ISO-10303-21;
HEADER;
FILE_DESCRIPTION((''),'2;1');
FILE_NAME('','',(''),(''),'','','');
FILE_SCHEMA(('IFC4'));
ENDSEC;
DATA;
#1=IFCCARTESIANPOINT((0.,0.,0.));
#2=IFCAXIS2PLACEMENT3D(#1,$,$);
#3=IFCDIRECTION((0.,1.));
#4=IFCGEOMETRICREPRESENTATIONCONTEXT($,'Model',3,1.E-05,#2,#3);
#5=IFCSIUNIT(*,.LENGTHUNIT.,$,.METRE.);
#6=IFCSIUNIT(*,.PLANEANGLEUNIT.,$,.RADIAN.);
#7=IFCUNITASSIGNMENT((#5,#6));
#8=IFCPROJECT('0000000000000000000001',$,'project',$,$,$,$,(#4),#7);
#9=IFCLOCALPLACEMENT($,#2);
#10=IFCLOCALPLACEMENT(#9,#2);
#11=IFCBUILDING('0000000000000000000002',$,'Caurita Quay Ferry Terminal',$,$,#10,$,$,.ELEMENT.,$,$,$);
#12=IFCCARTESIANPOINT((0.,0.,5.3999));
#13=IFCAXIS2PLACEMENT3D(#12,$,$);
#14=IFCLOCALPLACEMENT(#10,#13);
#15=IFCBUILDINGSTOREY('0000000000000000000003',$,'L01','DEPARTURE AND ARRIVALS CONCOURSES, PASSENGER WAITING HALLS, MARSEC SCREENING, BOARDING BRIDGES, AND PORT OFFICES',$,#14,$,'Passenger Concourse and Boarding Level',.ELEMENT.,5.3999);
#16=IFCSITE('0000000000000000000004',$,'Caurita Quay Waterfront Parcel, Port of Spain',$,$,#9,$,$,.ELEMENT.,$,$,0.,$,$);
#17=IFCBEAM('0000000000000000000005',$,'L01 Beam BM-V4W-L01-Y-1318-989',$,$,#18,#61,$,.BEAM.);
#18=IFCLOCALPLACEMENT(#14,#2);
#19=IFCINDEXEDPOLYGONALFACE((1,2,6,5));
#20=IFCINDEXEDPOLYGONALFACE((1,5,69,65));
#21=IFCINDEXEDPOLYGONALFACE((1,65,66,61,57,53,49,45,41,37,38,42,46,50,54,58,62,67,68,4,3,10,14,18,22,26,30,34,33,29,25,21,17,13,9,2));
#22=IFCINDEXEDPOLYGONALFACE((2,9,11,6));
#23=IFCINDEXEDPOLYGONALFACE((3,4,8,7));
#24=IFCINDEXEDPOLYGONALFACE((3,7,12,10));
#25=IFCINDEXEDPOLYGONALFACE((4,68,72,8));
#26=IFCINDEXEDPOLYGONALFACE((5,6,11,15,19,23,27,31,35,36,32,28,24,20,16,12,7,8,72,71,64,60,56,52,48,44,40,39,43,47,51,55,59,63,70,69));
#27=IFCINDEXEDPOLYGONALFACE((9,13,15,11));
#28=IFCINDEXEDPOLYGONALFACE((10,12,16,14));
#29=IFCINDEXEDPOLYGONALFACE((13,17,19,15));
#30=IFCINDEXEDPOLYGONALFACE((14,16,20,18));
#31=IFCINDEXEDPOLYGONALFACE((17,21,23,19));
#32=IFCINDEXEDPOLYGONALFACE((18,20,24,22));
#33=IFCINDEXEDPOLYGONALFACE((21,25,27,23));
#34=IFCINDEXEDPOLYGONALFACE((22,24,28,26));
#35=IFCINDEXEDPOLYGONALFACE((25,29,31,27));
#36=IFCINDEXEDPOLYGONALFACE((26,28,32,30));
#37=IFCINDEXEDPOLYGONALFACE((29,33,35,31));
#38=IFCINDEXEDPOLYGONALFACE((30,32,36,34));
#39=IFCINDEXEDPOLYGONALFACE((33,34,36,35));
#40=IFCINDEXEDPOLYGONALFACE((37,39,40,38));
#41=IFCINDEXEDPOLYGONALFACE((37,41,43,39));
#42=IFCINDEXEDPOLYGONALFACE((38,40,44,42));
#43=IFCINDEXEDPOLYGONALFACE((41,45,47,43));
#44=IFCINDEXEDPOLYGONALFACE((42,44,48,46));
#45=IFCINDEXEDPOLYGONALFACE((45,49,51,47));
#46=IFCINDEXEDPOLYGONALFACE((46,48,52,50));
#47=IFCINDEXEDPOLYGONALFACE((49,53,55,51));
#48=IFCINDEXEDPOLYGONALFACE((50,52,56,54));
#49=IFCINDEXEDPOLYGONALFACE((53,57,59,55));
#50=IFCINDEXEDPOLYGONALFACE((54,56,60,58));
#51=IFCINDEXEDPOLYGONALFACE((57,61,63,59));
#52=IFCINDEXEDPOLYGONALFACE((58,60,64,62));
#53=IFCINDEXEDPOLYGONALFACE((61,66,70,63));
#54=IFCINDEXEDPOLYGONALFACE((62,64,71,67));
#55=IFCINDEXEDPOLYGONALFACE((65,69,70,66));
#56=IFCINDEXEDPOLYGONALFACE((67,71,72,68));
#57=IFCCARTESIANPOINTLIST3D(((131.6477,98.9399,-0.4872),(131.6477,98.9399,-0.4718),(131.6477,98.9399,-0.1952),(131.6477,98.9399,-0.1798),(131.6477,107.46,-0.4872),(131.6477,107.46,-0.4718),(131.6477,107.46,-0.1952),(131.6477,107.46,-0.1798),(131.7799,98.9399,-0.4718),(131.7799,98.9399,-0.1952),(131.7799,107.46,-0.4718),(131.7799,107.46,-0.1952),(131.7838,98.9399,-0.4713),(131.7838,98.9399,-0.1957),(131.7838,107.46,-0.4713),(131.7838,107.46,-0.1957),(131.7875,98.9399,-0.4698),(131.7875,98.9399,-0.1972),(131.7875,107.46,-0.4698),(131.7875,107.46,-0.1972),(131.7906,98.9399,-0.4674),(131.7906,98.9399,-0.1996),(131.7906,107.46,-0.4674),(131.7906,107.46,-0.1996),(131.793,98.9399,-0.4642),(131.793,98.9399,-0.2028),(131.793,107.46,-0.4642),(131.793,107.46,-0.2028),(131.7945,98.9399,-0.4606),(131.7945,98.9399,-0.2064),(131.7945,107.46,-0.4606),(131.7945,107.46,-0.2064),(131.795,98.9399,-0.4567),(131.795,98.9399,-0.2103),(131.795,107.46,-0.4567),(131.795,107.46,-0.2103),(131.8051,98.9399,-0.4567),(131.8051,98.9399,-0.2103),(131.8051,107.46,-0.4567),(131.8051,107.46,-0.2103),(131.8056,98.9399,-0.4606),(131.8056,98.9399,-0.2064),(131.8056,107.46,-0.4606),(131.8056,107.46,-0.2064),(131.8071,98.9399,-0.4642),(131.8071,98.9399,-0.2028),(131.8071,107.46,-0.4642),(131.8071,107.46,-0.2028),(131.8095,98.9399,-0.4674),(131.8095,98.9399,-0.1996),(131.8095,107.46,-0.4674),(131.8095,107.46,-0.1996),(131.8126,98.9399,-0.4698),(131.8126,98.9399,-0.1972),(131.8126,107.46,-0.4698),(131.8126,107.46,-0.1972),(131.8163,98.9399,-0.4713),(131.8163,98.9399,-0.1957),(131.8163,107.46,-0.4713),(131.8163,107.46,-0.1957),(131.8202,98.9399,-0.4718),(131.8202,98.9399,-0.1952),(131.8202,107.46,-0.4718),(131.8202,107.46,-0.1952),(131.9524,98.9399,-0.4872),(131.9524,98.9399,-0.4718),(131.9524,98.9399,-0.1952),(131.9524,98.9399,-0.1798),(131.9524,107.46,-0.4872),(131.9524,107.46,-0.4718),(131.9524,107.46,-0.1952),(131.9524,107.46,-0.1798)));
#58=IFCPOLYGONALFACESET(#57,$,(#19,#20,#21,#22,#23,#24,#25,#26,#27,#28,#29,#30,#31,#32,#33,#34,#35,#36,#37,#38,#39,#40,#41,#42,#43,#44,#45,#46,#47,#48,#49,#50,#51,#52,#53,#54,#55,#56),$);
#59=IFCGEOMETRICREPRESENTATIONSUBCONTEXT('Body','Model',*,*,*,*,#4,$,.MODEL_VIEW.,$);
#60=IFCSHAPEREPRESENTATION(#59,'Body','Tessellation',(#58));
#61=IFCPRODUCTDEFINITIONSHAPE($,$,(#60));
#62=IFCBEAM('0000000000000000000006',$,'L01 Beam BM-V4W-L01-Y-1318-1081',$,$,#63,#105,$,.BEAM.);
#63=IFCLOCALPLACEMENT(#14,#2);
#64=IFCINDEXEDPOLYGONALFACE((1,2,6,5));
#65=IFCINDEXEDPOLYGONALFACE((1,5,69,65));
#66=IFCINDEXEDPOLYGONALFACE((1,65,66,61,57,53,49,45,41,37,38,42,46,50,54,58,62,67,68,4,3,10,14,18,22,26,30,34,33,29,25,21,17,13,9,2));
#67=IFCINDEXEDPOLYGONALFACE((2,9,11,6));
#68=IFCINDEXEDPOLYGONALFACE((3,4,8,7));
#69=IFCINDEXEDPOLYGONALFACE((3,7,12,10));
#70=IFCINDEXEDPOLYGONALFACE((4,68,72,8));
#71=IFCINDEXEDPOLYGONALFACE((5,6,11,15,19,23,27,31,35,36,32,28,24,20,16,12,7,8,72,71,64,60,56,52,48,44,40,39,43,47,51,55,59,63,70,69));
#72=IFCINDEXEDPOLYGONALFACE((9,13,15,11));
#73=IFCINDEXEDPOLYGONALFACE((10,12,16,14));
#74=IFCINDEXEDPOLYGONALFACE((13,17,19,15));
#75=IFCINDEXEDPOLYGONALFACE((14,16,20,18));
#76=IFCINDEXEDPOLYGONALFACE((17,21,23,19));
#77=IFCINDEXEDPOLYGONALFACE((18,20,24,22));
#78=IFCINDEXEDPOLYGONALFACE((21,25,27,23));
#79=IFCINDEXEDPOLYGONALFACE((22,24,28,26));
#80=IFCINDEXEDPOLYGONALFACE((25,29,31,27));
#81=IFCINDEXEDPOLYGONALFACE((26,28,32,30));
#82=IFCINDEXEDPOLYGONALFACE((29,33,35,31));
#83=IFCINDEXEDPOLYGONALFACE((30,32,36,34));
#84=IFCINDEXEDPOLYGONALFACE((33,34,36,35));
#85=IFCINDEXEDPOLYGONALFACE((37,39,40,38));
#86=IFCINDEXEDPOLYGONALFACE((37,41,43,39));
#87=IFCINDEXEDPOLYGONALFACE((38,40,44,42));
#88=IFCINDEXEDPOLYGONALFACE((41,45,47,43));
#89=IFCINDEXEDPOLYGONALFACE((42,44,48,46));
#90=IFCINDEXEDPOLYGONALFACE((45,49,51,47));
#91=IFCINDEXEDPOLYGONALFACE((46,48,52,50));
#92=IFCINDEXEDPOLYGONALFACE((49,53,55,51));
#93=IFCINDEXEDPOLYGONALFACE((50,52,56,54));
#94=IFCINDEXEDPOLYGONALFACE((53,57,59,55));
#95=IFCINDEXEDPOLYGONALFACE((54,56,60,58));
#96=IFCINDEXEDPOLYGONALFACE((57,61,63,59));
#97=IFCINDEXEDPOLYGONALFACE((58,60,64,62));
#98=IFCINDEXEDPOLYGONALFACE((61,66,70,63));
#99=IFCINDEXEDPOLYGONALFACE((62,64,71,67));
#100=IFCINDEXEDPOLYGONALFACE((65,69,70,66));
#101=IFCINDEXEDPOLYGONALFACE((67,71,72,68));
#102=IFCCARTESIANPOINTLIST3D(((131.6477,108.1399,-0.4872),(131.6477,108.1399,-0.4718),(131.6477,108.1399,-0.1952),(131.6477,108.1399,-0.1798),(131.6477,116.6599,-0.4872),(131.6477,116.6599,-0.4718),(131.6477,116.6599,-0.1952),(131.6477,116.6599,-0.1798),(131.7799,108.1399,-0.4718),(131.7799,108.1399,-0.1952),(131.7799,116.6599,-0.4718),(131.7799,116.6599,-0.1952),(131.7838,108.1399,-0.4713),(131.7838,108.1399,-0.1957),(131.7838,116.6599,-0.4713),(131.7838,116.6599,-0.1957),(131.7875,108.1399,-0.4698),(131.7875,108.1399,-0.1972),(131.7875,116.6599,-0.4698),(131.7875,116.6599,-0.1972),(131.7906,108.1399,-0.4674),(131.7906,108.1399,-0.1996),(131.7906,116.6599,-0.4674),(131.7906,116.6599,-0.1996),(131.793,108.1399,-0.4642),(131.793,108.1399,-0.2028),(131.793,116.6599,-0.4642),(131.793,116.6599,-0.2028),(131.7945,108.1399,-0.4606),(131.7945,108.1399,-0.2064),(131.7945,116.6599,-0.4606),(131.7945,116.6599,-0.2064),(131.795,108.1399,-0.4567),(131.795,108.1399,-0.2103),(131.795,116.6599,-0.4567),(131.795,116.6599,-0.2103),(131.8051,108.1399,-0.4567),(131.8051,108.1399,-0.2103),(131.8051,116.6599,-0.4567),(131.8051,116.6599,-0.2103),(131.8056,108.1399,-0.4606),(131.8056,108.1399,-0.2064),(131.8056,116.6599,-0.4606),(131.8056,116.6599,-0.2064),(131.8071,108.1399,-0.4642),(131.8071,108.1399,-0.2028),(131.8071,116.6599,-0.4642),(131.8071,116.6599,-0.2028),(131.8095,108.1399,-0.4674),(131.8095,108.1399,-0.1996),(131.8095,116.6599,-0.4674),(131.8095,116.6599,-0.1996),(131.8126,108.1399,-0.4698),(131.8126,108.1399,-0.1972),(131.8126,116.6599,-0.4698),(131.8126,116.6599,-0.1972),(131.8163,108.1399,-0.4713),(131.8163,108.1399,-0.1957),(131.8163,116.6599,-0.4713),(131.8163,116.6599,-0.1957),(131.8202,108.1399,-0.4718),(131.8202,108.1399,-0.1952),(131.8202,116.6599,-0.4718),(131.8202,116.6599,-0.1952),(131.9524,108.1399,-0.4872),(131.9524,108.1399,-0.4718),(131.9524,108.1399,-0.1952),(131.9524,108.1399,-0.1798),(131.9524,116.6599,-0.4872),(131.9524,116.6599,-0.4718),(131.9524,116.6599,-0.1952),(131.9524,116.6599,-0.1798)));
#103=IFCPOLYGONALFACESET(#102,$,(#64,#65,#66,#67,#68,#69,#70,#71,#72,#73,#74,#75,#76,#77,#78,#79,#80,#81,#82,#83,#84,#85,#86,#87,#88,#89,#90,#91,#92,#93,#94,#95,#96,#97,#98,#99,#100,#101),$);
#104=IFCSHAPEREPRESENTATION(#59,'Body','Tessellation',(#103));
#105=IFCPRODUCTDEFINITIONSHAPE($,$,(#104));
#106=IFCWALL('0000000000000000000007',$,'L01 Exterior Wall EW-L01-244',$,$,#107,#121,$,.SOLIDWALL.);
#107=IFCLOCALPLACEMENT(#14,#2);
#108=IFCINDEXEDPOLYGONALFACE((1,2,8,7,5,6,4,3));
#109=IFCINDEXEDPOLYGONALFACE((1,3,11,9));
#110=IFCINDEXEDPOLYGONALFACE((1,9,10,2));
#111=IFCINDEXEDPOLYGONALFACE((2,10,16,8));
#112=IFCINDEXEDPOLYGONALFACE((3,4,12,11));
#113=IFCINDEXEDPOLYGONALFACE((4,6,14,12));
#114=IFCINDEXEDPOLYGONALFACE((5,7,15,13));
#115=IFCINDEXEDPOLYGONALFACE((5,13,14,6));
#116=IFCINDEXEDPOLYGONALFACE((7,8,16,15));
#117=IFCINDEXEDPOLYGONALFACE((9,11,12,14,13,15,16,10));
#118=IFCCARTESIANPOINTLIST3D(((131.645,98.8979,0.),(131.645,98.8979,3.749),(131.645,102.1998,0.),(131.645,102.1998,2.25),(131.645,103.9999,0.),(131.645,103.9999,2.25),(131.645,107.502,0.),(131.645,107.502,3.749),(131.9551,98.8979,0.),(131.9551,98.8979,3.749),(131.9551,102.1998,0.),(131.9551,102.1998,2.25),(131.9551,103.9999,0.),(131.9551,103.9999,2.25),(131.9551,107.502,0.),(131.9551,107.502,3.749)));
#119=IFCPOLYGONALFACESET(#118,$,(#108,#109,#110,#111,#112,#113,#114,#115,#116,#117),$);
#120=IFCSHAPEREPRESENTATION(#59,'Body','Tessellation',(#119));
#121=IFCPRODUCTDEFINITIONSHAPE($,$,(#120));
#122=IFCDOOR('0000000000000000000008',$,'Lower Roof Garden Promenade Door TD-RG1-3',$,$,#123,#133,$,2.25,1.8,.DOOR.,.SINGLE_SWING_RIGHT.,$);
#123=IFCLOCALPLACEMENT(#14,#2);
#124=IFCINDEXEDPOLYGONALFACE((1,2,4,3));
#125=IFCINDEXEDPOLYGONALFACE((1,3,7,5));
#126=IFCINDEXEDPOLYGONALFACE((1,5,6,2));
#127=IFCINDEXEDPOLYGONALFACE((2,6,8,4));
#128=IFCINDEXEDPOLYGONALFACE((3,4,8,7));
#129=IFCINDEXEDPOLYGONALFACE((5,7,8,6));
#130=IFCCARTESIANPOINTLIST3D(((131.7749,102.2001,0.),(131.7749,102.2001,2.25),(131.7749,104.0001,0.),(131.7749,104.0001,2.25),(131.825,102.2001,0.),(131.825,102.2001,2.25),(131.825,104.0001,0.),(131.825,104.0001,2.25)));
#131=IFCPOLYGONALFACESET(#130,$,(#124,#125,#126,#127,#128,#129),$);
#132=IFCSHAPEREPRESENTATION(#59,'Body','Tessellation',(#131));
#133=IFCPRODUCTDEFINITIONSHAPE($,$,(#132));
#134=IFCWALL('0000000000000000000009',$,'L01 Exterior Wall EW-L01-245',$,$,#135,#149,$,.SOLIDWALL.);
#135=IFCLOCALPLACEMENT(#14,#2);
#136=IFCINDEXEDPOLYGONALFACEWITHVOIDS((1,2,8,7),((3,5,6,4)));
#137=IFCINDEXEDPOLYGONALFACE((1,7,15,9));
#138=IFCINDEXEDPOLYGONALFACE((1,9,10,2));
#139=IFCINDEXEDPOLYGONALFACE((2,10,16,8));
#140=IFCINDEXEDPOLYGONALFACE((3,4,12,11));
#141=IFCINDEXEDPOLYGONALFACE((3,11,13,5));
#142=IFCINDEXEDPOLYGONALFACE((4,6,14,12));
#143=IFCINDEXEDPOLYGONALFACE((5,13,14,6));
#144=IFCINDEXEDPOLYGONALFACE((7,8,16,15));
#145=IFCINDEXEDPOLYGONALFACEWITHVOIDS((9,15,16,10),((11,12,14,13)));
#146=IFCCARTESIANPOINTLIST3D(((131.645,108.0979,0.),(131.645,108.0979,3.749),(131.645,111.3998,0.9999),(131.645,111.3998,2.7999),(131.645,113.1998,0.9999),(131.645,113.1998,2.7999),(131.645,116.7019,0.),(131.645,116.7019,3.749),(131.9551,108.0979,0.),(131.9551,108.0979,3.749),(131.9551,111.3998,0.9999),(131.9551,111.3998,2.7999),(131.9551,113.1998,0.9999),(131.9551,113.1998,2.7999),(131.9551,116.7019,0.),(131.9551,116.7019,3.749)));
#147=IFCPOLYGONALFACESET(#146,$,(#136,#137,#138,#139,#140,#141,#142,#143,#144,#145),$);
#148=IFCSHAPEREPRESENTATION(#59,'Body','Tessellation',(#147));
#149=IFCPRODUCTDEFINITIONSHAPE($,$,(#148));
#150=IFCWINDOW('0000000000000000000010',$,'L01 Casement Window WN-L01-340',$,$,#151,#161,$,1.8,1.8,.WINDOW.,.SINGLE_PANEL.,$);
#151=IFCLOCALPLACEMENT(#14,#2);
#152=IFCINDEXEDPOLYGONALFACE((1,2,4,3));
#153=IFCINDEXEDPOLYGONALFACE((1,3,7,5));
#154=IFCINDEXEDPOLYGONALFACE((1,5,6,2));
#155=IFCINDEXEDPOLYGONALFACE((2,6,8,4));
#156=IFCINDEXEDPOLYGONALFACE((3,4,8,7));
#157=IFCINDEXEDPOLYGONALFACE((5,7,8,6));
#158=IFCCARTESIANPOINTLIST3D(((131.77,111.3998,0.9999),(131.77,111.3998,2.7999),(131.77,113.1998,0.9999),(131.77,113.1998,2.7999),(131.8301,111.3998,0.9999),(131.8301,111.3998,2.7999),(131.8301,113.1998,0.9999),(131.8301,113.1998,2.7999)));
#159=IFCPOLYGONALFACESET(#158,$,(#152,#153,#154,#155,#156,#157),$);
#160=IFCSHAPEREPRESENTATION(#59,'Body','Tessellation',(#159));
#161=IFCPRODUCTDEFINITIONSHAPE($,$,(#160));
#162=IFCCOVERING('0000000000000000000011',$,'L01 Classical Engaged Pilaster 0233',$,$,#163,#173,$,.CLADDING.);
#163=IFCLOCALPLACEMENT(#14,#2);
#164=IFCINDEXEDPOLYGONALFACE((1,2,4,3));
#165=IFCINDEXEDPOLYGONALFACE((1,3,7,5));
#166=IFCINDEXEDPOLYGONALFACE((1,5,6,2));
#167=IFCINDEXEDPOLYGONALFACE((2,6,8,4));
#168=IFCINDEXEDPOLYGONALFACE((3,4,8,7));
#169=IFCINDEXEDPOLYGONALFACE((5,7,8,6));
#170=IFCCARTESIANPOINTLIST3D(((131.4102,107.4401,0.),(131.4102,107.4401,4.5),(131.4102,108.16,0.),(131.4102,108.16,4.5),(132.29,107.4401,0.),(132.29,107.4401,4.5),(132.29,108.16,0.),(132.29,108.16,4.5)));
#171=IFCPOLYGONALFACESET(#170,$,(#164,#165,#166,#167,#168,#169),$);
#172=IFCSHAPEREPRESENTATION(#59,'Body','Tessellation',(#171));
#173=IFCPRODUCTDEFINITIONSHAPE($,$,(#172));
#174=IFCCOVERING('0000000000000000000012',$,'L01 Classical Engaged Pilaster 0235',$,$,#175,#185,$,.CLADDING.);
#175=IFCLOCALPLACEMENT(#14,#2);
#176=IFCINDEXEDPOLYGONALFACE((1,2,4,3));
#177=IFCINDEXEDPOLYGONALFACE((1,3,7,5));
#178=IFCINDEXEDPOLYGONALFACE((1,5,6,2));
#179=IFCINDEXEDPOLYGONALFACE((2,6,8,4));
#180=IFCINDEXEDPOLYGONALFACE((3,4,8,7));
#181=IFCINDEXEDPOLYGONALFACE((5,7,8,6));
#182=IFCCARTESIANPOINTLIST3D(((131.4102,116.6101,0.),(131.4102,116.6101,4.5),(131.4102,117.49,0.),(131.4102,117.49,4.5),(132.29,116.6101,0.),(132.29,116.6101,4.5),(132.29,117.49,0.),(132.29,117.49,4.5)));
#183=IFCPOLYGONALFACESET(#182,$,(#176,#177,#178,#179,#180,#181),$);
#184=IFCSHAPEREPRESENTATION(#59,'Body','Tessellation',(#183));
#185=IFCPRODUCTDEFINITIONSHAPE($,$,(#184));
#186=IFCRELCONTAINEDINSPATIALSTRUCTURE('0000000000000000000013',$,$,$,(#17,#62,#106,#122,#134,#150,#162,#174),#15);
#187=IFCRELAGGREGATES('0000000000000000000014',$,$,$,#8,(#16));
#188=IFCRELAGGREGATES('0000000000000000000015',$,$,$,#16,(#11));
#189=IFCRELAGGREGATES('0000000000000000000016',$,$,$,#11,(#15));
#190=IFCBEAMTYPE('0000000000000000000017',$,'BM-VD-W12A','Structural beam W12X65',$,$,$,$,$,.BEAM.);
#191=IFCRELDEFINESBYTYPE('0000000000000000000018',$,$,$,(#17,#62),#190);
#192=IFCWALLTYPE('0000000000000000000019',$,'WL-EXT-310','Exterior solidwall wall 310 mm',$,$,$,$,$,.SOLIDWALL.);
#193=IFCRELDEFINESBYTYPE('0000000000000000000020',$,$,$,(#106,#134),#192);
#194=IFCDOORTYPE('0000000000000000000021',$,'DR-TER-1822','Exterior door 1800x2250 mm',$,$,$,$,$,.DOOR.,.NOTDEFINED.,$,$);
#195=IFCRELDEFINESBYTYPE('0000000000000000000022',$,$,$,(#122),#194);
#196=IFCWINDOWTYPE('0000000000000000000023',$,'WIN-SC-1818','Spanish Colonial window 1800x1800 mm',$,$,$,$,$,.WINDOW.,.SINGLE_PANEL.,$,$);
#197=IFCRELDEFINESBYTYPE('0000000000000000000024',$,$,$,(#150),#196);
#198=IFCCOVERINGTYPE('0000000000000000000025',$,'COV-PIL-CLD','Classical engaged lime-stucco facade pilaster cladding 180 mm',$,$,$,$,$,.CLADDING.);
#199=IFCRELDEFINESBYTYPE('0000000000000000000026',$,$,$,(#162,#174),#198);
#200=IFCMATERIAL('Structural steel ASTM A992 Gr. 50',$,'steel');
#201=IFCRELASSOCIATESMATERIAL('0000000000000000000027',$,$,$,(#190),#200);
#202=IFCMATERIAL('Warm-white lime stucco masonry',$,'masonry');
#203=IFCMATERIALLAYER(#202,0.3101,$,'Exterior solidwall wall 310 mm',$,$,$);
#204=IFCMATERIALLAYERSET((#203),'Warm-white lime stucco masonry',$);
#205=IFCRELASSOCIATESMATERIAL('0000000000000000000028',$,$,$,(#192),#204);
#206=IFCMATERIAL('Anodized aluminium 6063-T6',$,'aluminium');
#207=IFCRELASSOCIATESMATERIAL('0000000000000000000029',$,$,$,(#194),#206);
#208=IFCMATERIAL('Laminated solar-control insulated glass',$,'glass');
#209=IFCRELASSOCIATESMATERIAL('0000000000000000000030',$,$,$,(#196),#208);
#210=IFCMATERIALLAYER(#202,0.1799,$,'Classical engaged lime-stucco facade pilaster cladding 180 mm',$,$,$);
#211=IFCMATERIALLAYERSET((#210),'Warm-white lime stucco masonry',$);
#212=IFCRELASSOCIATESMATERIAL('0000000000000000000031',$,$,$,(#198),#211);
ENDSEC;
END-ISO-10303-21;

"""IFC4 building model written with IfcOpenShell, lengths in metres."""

from ifc_helpers import new_model, si_unit, direction, frame, frame_2d, origin, origin_2d, place, context, subcontext, project, spatial, rectangle, i_section, extrude, material, layer, layer_set, material_profile, profile_set, type_object, element, fill, save


model = new_model("IFC4")

# Units and contexts
model_context = context("Model", 3, precision=1e-05, world=origin(), true_north=direction((0.0, 1.0)))
body_context = subcontext(model_context, "Body", "Model", "MODEL_VIEW")
ifc_project = project(units=[si_unit("LENGTHUNIT", "METRE"), si_unit("PLANEANGLEUNIT", "RADIAN")], contexts=[model_context])

# Site, building, storey
site_placement = place(None, origin())
site = spatial("IfcSite", under=ifc_project, at=site_placement, Name="Caurita Quay Waterfront Parcel, Port of Spain", CompositionType="ELEMENT", RefElevation=0.0)
building_placement = place(site_placement, origin())
building = spatial("IfcBuilding", under=site, at=building_placement, Name="Caurita Quay Ferry Terminal", CompositionType="ELEMENT")
storey_placement = place(building_placement, frame((0.0, 0.0, 5.3999)))
storey = spatial("IfcBuildingStorey", under=building, at=storey_placement, Name="L01", Description="DEPARTURE AND ARRIVALS CONCOURSES, PASSENGER WAITING HALLS, MARSEC SCREENING, BOARDING BRIDGES, AND PORT OFFICES", LongName="Passenger Concourse and Boarding Level", CompositionType="ELEMENT", Elevation=5.3999)

# Beams
ifc_material_1 = material(Name="Structural steel ASTM A992 Gr. 50", Category="steel")
ifc_material_profile_1 = material_profile(ifc_material_1, i_section(OverallWidth=0.3047, OverallDepth=0.3074, WebThickness=0.01, FlangeThickness=0.0154, FilletRadius=0.0151, at=origin_2d()), Name="W12X65")
ifc_profile_set_1 = profile_set([ifc_material_profile_1], Name="Structural steel ASTM A992 Gr. 50")
beam_type_1 = type_object("IfcBeamType", Name="BM-VD-W12A", Description="Structural beam W12X65", PredefinedType="BEAM", material=ifc_profile_set_1)
for number, where, z_axis, x_axis, name in (
    (1, (131.8, 98.9399, -0.3335), (0.0, 1.0, 0.0), (-1.0, 0.0, 0.0), "L01 Beam BM-V4W-L01-Y-1318-989"),
    (2, (131.8, 108.1399, -0.3335), (0.0, 1.0, 0.0), (-1.0, 0.0, 0.0), "L01 Beam BM-V4W-L01-Y-1318-1081"),
):
    element("IfcBeam", number, at=place(storey_placement, frame(where, z_axis=z_axis, x_axis=x_axis)), inside=storey, type_object=beam_type_1, Name=name, PredefinedType="BEAM", context=body_context, shape_type="SweptSolid", body=[
        extrude(i_section(OverallWidth=0.3047, OverallDepth=0.3074, WebThickness=0.01, FlangeThickness=0.0154, FilletRadius=0.0151, at=origin_2d()), origin(), (0.0, 0.0, 1.0), 8.52),
    ])

# Wall, opening, door
ifc_material_2 = material(Name="Warm-white lime stucco masonry", Category="masonry")
ifc_layer_1 = layer(ifc_material_2, 0.3101, Name="Exterior solidwall wall 310 mm")
ifc_layer_set_1 = layer_set([ifc_layer_1], Name="Warm-white lime stucco masonry")
wall_type = type_object("IfcWallType", Name="WL-EXT-310", Description="Exterior solidwall wall 310 mm", PredefinedType="SOLIDWALL", material=ifc_layer_set_1)
wall_1_placement = place(storey_placement, frame((131.8, 98.8979, 0.0), z_axis=(0.0, 0.0, 1.0), x_axis=(0.0, 1.0, 0.0)))
wall_1 = element("IfcWall", 3, at=wall_1_placement, inside=storey, type_object=wall_type, Name="L01 Exterior Wall EW-L01-244", PredefinedType="SOLIDWALL", context=body_context, shape_type="SweptSolid", body=[
    extrude(rectangle(XDim=8.604, YDim=0.3101, at=frame_2d((4.302, 0.0))), origin(), (0.0, 0.0, 1.0), 3.749),
])
opening_1_placement = place(wall_1_placement, frame((3.302, 0.0, 0.0)))
opening_1 = element("IfcOpeningElement", 4, at=opening_1_placement, cuts=wall_1, PredefinedType="OPENING", context=body_context, shape_type="SweptSolid", body=[
    extrude(rectangle(XDim=1.8, YDim=2.25, at=frame_2d((0.8999, 1.125))), frame((0.0, 0.165, 0.0), z_axis=(0.0, -1.0, 0.0), x_axis=(1.0, 0.0, 0.0)), (0.0, 0.0, 1.0), 0.3301),
])
ifc_material_3 = material(Name="Anodized aluminium 6063-T6", Category="aluminium")
door_type = type_object("IfcDoorType", Name="DR-TER-1822", Description="Exterior door 1800x2250 mm", OperationType="NOTDEFINED", PredefinedType="DOOR", material=ifc_material_3)
door_placement = place(opening_1_placement, frame((1.8, 0.0, 0.0), z_axis=(0.0, 0.0, 1.0), x_axis=(-1.0, 0.0, 0.0)))
door = element("IfcDoor", 5, at=door_placement, inside=storey, type_object=door_type, Name="Lower Roof Garden Promenade Door TD-RG1-3", OperationType="SINGLE_SWING_RIGHT", OverallHeight=2.25, OverallWidth=1.8, PredefinedType="DOOR", context=body_context, shape_type="SweptSolid", body=[
    extrude(rectangle(XDim=1.8, YDim=2.25, at=frame_2d((0.8999, 1.125))), frame((0.0, 0.0249, 0.0), z_axis=(0.0, -1.0, 0.0), x_axis=(1.0, 0.0, 0.0)), (0.0, 0.0, 1.0), 0.05),
])
fill(opening_1, door)

# Wall, opening, window
wall_2_placement = place(storey_placement, frame((131.8, 108.0979, 0.0), z_axis=(0.0, 0.0, 1.0), x_axis=(0.0, 1.0, 0.0)))
wall_2 = element("IfcWall", 6, at=wall_2_placement, inside=storey, type_object=wall_type, Name="L01 Exterior Wall EW-L01-245", PredefinedType="SOLIDWALL", context=body_context, shape_type="SweptSolid", body=[
    extrude(rectangle(XDim=8.604, YDim=0.3101, at=frame_2d((4.302, 0.0))), origin(), (0.0, 0.0, 1.0), 3.749),
])
opening_2_placement = place(wall_2_placement, frame((3.302, 0.0, 1.0)))
opening_2 = element("IfcOpeningElement", 7, at=opening_2_placement, cuts=wall_2, PredefinedType="OPENING", context=body_context, shape_type="SweptSolid", body=[
    extrude(rectangle(XDim=1.8, YDim=1.8, at=frame_2d((0.8999, 0.8999))), frame((0.0, 0.165, 0.0), z_axis=(0.0, -1.0, 0.0), x_axis=(1.0, 0.0, 0.0)), (0.0, 0.0, 1.0), 0.3301),
])
ifc_material_4 = material(Name="Laminated solar-control insulated glass", Category="glass")
window_type = type_object("IfcWindowType", Name="WIN-SC-1818", Description="Spanish Colonial window 1800x1800 mm", PartitioningType="SINGLE_PANEL", PredefinedType="WINDOW", material=ifc_material_4)
window_placement = place(opening_2_placement, origin())
window = element("IfcWindow", 8, at=window_placement, inside=storey, type_object=window_type, Name="L01 Casement Window WN-L01-340", OverallHeight=1.8, OverallWidth=1.8, PartitioningType="SINGLE_PANEL", PredefinedType="WINDOW", context=body_context, shape_type="SweptSolid", body=[
    extrude(rectangle(XDim=1.8, YDim=1.8, at=frame_2d((0.8999, 0.8999))), frame((0.0, 0.03, 0.0), z_axis=(0.0, -1.0, 0.0), x_axis=(1.0, 0.0, 0.0)), (0.0, 0.0, 1.0), 0.0601),
])
fill(opening_2, window)

# Coverings
ifc_layer_2 = layer(ifc_material_2, 0.1799, Name="Classical engaged lime-stucco facade pilaster cladding 180 mm")
ifc_layer_set_2 = layer_set([ifc_layer_2], Name="Warm-white lime stucco masonry")
covering_type_1 = type_object("IfcCoveringType", Name="COV-PIL-CLD", Description="Classical engaged lime-stucco facade pilaster cladding 180 mm", PredefinedType="CLADDING", material=ifc_layer_set_2)
covering_1_placement = place(storey_placement, frame((131.8501, 107.8, 0.0), z_axis=(0.0, 0.0, 1.0), x_axis=(1.0, 0.0, 0.0)))
element("IfcCovering", 9, at=covering_1_placement, inside=storey, type_object=covering_type_1, Name="L01 Classical Engaged Pilaster 0233", PredefinedType="CLADDING", context=body_context, shape_type="SweptSolid", body=[
    extrude(rectangle(XDim=0.8799, YDim=0.72, at=origin_2d()), origin(), (0.0, 0.0, 1.0), 4.5),
])
covering_2_placement = place(storey_placement, frame((131.8501, 117.05, 0.0), z_axis=(0.0, 0.0, 1.0), x_axis=(1.0, 0.0, 0.0)))
element("IfcCovering", 10, at=covering_2_placement, inside=storey, type_object=covering_type_1, Name="L01 Classical Engaged Pilaster 0235", PredefinedType="CLADDING", context=body_context, shape_type="SweptSolid", body=[
    extrude(rectangle(XDim=0.8799, YDim=0.8799, at=origin_2d()), origin(), (0.0, 0.0, 1.0), 4.5),
])

save(model, "model.ifc")
